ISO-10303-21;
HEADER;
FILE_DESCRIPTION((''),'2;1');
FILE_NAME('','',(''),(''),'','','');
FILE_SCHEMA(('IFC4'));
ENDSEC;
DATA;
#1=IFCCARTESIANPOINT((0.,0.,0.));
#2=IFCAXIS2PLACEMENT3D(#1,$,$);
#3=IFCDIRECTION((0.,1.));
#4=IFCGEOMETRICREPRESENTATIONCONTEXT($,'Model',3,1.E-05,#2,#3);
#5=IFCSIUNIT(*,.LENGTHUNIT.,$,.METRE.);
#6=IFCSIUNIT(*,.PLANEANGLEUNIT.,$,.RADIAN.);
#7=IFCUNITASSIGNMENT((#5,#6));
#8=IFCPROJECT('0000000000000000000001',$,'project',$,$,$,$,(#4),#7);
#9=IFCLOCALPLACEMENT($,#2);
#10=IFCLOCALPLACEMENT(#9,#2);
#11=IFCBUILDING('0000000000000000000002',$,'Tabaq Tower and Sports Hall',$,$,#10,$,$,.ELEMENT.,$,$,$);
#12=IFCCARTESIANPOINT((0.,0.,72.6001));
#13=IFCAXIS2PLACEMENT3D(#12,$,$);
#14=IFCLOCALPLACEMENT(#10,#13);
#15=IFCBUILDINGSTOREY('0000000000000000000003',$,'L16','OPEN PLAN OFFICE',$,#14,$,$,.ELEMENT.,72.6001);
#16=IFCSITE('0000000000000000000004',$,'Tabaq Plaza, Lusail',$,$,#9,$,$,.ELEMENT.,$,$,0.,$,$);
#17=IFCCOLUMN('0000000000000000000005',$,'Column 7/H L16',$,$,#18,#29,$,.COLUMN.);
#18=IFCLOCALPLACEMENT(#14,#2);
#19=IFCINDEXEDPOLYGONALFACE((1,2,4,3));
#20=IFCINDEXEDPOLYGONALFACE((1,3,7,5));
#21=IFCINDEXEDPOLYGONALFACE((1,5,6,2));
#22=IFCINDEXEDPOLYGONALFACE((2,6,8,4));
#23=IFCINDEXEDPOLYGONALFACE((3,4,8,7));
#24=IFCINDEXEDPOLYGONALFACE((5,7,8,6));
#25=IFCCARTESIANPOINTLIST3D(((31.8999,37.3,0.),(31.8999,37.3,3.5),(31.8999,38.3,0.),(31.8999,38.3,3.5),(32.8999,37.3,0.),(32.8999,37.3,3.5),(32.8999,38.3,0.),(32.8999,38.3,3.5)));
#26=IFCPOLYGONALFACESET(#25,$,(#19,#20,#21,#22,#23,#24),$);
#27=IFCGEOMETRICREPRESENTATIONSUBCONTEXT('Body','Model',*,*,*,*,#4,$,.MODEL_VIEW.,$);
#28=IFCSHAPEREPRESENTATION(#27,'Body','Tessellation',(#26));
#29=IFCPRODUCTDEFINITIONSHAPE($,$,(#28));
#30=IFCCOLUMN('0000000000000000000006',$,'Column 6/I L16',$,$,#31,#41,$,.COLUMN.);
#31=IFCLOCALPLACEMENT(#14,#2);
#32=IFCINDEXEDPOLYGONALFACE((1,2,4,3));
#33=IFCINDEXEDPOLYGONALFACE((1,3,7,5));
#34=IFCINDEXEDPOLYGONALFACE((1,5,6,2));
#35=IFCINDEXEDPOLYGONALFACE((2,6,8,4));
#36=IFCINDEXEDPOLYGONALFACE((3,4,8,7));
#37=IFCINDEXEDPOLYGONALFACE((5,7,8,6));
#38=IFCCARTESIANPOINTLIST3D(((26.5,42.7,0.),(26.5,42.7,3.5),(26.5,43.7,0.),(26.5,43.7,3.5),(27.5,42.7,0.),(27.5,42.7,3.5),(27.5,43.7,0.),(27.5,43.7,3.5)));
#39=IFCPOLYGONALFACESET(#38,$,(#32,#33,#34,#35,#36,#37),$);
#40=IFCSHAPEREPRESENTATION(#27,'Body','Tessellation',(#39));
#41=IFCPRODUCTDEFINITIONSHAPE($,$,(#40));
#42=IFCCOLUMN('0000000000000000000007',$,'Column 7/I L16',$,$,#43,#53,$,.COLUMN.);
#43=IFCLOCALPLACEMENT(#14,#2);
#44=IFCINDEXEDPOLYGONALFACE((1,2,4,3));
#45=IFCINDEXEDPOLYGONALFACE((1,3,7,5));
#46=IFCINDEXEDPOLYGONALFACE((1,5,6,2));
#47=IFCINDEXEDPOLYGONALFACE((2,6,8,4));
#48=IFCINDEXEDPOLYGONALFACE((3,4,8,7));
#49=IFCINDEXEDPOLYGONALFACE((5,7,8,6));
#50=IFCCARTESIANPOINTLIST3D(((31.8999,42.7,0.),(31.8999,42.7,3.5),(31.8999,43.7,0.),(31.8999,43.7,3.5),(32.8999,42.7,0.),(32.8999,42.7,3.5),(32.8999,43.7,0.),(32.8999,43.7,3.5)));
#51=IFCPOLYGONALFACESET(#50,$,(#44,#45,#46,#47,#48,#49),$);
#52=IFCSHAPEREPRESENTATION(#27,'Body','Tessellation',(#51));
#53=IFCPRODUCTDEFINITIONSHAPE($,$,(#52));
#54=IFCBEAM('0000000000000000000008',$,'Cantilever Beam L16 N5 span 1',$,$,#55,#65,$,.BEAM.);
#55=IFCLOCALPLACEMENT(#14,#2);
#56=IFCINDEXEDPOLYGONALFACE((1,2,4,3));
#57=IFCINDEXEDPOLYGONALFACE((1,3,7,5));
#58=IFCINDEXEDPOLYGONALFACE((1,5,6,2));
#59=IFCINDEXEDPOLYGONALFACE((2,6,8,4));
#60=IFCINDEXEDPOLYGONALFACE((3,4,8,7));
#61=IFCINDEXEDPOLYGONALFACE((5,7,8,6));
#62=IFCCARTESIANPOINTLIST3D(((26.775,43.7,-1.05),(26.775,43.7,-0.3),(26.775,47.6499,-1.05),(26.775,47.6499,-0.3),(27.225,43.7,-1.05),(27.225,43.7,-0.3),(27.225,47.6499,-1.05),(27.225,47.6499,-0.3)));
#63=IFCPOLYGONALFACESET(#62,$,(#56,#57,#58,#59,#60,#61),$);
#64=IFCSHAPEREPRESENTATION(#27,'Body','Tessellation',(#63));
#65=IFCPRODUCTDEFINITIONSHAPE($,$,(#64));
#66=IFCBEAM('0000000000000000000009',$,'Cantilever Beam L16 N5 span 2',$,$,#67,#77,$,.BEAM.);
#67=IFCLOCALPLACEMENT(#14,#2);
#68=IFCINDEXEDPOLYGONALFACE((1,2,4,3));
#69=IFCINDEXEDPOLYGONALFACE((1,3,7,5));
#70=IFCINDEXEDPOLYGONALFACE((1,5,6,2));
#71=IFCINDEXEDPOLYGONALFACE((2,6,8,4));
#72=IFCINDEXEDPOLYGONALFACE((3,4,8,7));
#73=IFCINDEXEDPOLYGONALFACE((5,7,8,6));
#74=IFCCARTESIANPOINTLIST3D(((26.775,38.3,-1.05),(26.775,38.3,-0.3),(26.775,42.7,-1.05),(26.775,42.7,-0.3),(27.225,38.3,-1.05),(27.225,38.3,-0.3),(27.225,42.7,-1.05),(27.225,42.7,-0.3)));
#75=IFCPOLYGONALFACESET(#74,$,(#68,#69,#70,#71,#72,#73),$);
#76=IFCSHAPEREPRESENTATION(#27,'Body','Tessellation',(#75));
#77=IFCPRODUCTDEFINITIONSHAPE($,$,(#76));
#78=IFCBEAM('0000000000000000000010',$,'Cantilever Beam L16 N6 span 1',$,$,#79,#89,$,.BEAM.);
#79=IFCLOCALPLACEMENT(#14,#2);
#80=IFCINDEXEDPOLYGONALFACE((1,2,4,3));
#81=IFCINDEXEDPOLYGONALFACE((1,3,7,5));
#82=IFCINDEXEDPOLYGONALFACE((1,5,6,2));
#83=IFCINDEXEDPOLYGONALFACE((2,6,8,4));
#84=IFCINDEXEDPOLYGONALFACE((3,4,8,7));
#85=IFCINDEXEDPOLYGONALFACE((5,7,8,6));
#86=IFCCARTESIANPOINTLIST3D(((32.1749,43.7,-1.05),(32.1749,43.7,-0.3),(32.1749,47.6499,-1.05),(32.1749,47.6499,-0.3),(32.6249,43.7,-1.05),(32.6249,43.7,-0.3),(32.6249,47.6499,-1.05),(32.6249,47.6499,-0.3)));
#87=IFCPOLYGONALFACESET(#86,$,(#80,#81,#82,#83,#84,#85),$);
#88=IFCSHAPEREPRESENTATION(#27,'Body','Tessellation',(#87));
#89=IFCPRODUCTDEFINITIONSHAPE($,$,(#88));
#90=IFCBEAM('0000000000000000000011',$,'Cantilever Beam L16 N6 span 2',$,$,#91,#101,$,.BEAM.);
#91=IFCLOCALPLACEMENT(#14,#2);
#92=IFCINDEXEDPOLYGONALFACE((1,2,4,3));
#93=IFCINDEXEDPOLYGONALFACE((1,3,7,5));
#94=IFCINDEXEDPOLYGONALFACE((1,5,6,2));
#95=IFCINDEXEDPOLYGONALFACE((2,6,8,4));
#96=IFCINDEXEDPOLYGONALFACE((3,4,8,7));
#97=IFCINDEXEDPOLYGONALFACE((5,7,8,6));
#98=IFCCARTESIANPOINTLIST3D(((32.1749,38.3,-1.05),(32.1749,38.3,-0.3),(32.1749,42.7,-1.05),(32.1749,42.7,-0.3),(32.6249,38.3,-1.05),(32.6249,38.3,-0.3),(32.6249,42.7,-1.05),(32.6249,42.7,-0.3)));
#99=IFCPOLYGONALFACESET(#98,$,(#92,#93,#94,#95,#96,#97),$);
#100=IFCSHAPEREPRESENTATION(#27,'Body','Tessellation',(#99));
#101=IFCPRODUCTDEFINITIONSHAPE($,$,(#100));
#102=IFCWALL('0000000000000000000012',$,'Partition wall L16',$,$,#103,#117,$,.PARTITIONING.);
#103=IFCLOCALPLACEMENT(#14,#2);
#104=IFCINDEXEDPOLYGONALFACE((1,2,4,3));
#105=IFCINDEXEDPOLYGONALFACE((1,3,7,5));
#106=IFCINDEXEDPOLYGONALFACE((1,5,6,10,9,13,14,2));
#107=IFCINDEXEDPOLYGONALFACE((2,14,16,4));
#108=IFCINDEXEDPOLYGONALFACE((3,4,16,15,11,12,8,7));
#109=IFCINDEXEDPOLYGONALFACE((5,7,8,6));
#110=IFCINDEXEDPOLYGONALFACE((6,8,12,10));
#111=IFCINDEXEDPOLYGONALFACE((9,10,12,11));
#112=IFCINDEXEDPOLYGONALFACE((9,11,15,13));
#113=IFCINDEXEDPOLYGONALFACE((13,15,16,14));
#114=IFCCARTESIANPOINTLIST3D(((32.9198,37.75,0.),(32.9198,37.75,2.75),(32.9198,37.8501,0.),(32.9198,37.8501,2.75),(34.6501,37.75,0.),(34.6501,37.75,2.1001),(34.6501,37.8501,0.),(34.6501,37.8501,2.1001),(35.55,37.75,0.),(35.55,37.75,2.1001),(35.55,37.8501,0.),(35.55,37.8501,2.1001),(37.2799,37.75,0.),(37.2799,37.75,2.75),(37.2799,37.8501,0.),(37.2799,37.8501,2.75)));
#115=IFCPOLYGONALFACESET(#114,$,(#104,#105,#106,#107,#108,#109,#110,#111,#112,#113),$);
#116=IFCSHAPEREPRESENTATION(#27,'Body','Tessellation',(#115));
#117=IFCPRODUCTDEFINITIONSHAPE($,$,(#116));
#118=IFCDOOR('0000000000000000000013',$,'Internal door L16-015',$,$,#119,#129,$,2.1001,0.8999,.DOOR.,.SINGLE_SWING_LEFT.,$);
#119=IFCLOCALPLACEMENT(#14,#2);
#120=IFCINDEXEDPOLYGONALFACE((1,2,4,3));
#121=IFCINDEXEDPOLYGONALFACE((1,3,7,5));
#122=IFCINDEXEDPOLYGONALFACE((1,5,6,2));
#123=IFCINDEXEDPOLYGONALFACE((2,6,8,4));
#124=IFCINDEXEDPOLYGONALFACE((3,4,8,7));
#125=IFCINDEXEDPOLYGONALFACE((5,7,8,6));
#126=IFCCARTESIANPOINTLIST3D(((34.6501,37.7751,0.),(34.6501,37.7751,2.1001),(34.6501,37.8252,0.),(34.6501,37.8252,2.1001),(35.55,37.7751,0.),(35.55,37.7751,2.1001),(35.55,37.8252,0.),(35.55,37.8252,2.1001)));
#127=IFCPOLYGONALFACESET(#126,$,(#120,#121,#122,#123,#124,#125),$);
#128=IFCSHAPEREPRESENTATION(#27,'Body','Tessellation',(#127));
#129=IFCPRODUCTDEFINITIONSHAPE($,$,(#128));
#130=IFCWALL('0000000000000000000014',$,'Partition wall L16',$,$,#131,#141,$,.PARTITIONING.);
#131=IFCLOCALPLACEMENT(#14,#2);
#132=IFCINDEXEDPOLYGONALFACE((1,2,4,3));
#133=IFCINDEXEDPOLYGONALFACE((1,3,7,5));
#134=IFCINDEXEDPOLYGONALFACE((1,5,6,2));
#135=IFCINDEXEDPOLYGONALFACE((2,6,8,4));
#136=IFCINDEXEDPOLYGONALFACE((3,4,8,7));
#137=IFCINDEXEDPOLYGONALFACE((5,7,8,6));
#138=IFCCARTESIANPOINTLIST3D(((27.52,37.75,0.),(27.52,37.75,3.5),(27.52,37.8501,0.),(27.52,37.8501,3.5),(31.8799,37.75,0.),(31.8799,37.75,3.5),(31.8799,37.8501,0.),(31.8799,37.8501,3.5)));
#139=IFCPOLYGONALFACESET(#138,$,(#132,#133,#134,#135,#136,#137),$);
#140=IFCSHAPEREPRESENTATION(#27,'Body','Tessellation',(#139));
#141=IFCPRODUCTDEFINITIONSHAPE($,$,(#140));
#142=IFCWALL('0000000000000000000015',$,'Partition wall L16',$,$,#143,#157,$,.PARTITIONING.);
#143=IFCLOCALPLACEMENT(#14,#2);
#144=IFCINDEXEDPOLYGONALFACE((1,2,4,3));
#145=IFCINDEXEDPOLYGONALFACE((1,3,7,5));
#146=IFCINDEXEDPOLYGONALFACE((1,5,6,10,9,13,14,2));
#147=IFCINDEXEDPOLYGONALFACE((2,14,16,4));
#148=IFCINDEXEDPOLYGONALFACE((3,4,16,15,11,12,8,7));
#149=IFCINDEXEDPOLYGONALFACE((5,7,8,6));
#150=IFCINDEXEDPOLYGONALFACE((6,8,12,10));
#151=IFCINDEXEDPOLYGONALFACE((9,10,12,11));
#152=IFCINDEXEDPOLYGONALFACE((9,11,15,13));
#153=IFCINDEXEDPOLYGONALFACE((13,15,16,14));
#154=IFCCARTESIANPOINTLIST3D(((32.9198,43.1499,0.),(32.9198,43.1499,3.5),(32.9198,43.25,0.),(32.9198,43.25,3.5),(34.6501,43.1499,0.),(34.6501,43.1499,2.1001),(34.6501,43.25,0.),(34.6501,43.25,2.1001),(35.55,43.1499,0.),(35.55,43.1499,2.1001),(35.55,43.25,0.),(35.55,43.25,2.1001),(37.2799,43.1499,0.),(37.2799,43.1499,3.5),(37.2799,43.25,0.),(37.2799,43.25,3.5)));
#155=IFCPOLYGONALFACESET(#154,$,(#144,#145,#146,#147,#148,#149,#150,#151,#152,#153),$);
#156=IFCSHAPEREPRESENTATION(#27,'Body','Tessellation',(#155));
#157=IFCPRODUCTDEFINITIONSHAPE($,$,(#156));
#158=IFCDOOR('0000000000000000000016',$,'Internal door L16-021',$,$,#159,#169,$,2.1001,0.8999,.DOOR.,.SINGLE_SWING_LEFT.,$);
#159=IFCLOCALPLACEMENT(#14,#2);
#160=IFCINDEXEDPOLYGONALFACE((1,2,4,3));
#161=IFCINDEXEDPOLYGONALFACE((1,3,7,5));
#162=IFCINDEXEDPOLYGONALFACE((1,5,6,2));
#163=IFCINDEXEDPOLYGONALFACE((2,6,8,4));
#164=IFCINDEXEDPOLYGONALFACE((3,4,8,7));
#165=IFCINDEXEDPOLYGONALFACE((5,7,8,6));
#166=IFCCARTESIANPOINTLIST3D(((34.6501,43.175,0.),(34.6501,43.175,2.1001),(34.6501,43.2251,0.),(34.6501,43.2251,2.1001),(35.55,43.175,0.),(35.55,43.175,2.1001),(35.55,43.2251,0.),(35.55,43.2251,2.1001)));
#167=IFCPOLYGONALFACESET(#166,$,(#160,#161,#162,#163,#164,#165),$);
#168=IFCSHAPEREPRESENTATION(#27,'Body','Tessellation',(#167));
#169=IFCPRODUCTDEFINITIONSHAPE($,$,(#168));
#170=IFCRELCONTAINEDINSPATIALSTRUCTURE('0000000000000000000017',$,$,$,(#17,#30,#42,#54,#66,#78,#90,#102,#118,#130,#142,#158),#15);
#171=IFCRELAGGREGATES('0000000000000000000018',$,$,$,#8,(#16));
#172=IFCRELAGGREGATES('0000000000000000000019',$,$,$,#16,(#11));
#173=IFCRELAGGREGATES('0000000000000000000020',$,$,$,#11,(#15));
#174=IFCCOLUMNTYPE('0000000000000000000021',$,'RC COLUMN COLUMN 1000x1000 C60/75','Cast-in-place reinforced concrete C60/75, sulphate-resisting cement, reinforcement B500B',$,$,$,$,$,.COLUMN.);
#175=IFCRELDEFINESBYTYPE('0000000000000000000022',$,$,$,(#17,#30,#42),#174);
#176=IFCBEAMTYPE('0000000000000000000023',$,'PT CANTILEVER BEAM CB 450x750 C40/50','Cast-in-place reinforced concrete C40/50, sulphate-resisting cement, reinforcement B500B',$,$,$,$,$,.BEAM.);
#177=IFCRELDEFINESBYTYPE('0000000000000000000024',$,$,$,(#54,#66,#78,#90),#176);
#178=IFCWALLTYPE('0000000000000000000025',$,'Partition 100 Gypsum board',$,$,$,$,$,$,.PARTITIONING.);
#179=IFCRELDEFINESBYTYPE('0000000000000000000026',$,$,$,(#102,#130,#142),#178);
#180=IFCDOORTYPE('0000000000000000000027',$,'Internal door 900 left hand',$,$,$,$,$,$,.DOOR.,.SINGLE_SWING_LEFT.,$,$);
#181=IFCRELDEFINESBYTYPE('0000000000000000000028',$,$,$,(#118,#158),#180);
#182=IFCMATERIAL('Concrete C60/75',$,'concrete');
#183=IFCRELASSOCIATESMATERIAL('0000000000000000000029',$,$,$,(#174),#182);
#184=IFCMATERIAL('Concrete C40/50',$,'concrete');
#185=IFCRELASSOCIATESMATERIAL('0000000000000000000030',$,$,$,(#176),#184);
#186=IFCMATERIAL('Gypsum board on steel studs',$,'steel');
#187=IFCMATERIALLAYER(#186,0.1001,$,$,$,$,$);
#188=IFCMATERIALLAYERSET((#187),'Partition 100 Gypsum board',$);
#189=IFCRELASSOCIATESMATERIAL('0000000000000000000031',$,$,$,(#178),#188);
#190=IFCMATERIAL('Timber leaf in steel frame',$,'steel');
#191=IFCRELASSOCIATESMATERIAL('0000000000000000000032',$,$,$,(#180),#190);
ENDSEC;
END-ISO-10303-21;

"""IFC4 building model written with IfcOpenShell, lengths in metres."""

from ifc_helpers import new_model, si_unit, direction, frame, frame_2d, origin, origin_2d, place, context, subcontext, project, spatial, rectangle, extrude, material, layer, layer_set, material_profile, profile_set, type_object, element, fill, save


model = new_model("IFC4")

# Units and contexts
model_context = context("Model", 3, precision=1e-05, world=origin(), true_north=direction((0.0, 1.0)))
body_context = subcontext(model_context, "Body", "Model", "MODEL_VIEW")
ifc_project = project(units=[si_unit("LENGTHUNIT", "METRE"), si_unit("PLANEANGLEUNIT", "RADIAN")], contexts=[model_context])

# Site, building, storey
site_placement = place(None, origin())
site = spatial("IfcSite", under=ifc_project, at=site_placement, Name="Tabaq Plaza, Lusail", CompositionType="ELEMENT", RefElevation=0.0)
building_placement = place(site_placement, origin())
building = spatial("IfcBuilding", under=site, at=building_placement, Name="Tabaq Tower and Sports Hall", CompositionType="ELEMENT")
storey_placement = place(building_placement, frame((0.0, 0.0, 72.6001)))
storey = spatial("IfcBuildingStorey", under=building, at=storey_placement, Name="L16", Description="OPEN PLAN OFFICE", CompositionType="ELEMENT", Elevation=72.6001)

# Columns
ifc_material_1 = material(Name="Concrete C60/75", Category="concrete")
ifc_material_profile_1 = material_profile(ifc_material_1, rectangle(XDim=1.0, YDim=1.0, at=origin_2d()), Name="COLUMN 1000x1000")
ifc_profile_set_1 = profile_set([ifc_material_profile_1], Name="Concrete C60/75")
column_type = type_object("IfcColumnType", Name="RC COLUMN COLUMN 1000x1000 C60/75", Description="Cast-in-place reinforced concrete C60/75, sulphate-resisting cement, reinforcement B500B", PredefinedType="COLUMN", material=ifc_profile_set_1)
for number, where, z_axis, x_axis, name in (
    (1, (32.3999, 37.8, 0.0), (0.0, 0.0, 1.0), (1.0, 0.0, 0.0), "Column 7/H L16"),
    (2, (27.0, 43.2, 0.0), (0.0, 0.0, 1.0), (1.0, 0.0, 0.0), "Column 6/I L16"),
    (3, (32.3999, 43.2, 0.0), (0.0, 0.0, 1.0), (1.0, 0.0, 0.0), "Column 7/I L16"),
):
    element("IfcColumn", number, at=place(storey_placement, frame(where, z_axis=z_axis, x_axis=x_axis)), inside=storey, type_object=column_type, Name=name, PredefinedType="COLUMN", context=body_context, shape_type="SweptSolid", body=[
        extrude(rectangle(XDim=1.0, YDim=1.0, at=origin_2d()), origin(), (0.0, 0.0, 1.0), 3.5),
    ])

# Beams
ifc_material_2 = material(Name="Concrete C40/50", Category="concrete")
ifc_material_profile_2 = material_profile(ifc_material_2, rectangle(XDim=0.45, YDim=0.75, at=origin_2d()), Name="CB 450x750")
ifc_profile_set_2 = profile_set([ifc_material_profile_2], Name="Concrete C40/50")
beam_type = type_object("IfcBeamType", Name="PT CANTILEVER BEAM CB 450x750 C40/50", Description="Cast-in-place reinforced concrete C40/50, sulphate-resisting cement, reinforcement B500B", PredefinedType="BEAM", material=ifc_profile_set_2)
beam_1_placement = place(storey_placement, frame((27.0, 47.6499, -0.675), z_axis=(0.0, -1.0, 0.0), x_axis=(1.0, 0.0, 0.0)))
element("IfcBeam", 4, at=beam_1_placement, inside=storey, type_object=beam_type, Name="Cantilever Beam L16 N5 span 1", PredefinedType="BEAM", context=body_context, shape_type="SweptSolid", body=[
    extrude(rectangle(XDim=0.45, YDim=0.75, at=origin_2d()), origin(), (0.0, 0.0, 1.0), 3.95),
])
beam_2_placement = place(storey_placement, frame((27.0, 42.7, -0.675), z_axis=(0.0, -1.0, 0.0), x_axis=(1.0, 0.0, 0.0)))
element("IfcBeam", 5, at=beam_2_placement, inside=storey, type_object=beam_type, Name="Cantilever Beam L16 N5 span 2", PredefinedType="BEAM", context=body_context, shape_type="SweptSolid", body=[
    extrude(rectangle(XDim=0.45, YDim=0.75, at=origin_2d()), origin(), (0.0, 0.0, 1.0), 4.3999),
])
beam_3_placement = place(storey_placement, frame((32.3999, 47.6499, -0.675), z_axis=(0.0, -1.0, 0.0), x_axis=(1.0, 0.0, 0.0)))
element("IfcBeam", 6, at=beam_3_placement, inside=storey, type_object=beam_type, Name="Cantilever Beam L16 N6 span 1", PredefinedType="BEAM", context=body_context, shape_type="SweptSolid", body=[
    extrude(rectangle(XDim=0.45, YDim=0.75, at=origin_2d()), origin(), (0.0, 0.0, 1.0), 3.95),
])
beam_4_placement = place(storey_placement, frame((32.3999, 42.7, -0.675), z_axis=(0.0, -1.0, 0.0), x_axis=(1.0, 0.0, 0.0)))
element("IfcBeam", 7, at=beam_4_placement, inside=storey, type_object=beam_type, Name="Cantilever Beam L16 N6 span 2", PredefinedType="BEAM", context=body_context, shape_type="SweptSolid", body=[
    extrude(rectangle(XDim=0.45, YDim=0.75, at=origin_2d()), origin(), (0.0, 0.0, 1.0), 4.3999),
])

# Wall, opening, door
ifc_material_3 = material(Name="Gypsum board on steel studs", Category="steel")
ifc_layer_1 = layer(ifc_material_3, 0.1001)
ifc_layer_set_1 = layer_set([ifc_layer_1], Name="Partition 100 Gypsum board")
wall_type = type_object("IfcWallType", Name="Partition 100 Gypsum board", PredefinedType="PARTITIONING", material=ifc_layer_set_1)
wall_1_placement = place(storey_placement, frame((37.28, 37.8, 0.0), z_axis=(0.0, 0.0, 1.0), x_axis=(-1.0, 0.0, 0.0)))
wall_1 = element("IfcWall", 8, at=wall_1_placement, inside=storey, type_object=wall_type, Name="Partition wall L16", PredefinedType="PARTITIONING", context=body_context, shape_type="SweptSolid", body=[
    extrude(rectangle(XDim=4.3601, YDim=0.1001, at=frame_2d((2.1802, 0.0))), origin(), (0.0, 0.0, 1.0), 2.75),
])
opening_1_placement = place(wall_1_placement, frame((1.73, 0.0, 0.0)))
opening_1 = element("IfcOpeningElement", 9, at=opening_1_placement, cuts=wall_1, PredefinedType="OPENING", context=body_context, shape_type="SweptSolid", body=[
    extrude(rectangle(XDim=0.8999, YDim=2.1001, at=frame_2d((0.45, 1.05))), frame((0.0, 0.05, 0.0), z_axis=(0.0, -1.0, 0.0), x_axis=(1.0, 0.0, 0.0)), (0.0, 0.0, 1.0), 0.1001),
])
ifc_material_4 = material(Name="Timber leaf in steel frame", Category="steel")
door_type_1 = type_object("IfcDoorType", Name="Internal door 900 left hand", OperationType="SINGLE_SWING_LEFT", PredefinedType="DOOR", material=ifc_material_4)
door_1_placement = place(opening_1_placement, origin())
door_1 = element("IfcDoor", 10, at=door_1_placement, inside=storey, type_object=door_type_1, Name="Internal door L16-015", OperationType="SINGLE_SWING_LEFT", OverallHeight=2.1001, OverallWidth=0.8999, PredefinedType="DOOR", context=body_context, shape_type="SweptSolid", body=[
    extrude(rectangle(XDim=0.8999, YDim=2.1001, at=frame_2d((0.45, 1.05))), frame((0.0, 0.0249, 0.0), z_axis=(0.0, -1.0, 0.0), x_axis=(1.0, 0.0, 0.0)), (0.0, 0.0, 1.0), 0.05),
])
fill(opening_1, door_1)

# Wall
wall_2_placement = place(storey_placement, frame((31.8799, 37.8, 0.0), z_axis=(0.0, 0.0, 1.0), x_axis=(-1.0, 0.0, 0.0)))
element("IfcWall", 11, at=wall_2_placement, inside=storey, type_object=wall_type, Name="Partition wall L16", PredefinedType="PARTITIONING", context=body_context, shape_type="SweptSolid", body=[
    extrude(rectangle(XDim=4.3599, YDim=0.1001, at=frame_2d((2.1799, 0.0))), origin(), (0.0, 0.0, 1.0), 3.5),
])

# Wall, opening, door
wall_3_placement = place(storey_placement, frame((37.28, 43.2, 0.0), z_axis=(0.0, 0.0, 1.0), x_axis=(-1.0, 0.0, 0.0)))
wall_3 = element("IfcWall", 12, at=wall_3_placement, inside=storey, type_object=wall_type, Name="Partition wall L16", PredefinedType="PARTITIONING", context=body_context, shape_type="SweptSolid", body=[
    extrude(rectangle(XDim=4.3601, YDim=0.1001, at=frame_2d((2.1802, 0.0))), origin(), (0.0, 0.0, 1.0), 3.5),
])
opening_2_placement = place(wall_3_placement, frame((1.73, 0.0, 0.0)))
opening_2 = element("IfcOpeningElement", 13, at=opening_2_placement, cuts=wall_3, PredefinedType="OPENING", context=body_context, shape_type="SweptSolid", body=[
    extrude(rectangle(XDim=0.8999, YDim=2.1001, at=frame_2d((0.45, 1.05))), frame((0.0, 0.05, 0.0), z_axis=(0.0, -1.0, 0.0), x_axis=(1.0, 0.0, 0.0)), (0.0, 0.0, 1.0), 0.1001),
])
door_2_placement = place(opening_2_placement, origin())
door_2 = element("IfcDoor", 14, at=door_2_placement, inside=storey, type_object=door_type_1, Name="Internal door L16-021", OperationType="SINGLE_SWING_LEFT", OverallHeight=2.1001, OverallWidth=0.8999, PredefinedType="DOOR", context=body_context, shape_type="SweptSolid", body=[
    extrude(rectangle(XDim=0.8999, YDim=2.1001, at=frame_2d((0.45, 1.05))), frame((0.0, 0.0249, 0.0), z_axis=(0.0, -1.0, 0.0), x_axis=(1.0, 0.0, 0.0)), (0.0, 0.0, 1.0), 0.05),
])
fill(opening_2, door_2)

save(model, "model.ifc")
